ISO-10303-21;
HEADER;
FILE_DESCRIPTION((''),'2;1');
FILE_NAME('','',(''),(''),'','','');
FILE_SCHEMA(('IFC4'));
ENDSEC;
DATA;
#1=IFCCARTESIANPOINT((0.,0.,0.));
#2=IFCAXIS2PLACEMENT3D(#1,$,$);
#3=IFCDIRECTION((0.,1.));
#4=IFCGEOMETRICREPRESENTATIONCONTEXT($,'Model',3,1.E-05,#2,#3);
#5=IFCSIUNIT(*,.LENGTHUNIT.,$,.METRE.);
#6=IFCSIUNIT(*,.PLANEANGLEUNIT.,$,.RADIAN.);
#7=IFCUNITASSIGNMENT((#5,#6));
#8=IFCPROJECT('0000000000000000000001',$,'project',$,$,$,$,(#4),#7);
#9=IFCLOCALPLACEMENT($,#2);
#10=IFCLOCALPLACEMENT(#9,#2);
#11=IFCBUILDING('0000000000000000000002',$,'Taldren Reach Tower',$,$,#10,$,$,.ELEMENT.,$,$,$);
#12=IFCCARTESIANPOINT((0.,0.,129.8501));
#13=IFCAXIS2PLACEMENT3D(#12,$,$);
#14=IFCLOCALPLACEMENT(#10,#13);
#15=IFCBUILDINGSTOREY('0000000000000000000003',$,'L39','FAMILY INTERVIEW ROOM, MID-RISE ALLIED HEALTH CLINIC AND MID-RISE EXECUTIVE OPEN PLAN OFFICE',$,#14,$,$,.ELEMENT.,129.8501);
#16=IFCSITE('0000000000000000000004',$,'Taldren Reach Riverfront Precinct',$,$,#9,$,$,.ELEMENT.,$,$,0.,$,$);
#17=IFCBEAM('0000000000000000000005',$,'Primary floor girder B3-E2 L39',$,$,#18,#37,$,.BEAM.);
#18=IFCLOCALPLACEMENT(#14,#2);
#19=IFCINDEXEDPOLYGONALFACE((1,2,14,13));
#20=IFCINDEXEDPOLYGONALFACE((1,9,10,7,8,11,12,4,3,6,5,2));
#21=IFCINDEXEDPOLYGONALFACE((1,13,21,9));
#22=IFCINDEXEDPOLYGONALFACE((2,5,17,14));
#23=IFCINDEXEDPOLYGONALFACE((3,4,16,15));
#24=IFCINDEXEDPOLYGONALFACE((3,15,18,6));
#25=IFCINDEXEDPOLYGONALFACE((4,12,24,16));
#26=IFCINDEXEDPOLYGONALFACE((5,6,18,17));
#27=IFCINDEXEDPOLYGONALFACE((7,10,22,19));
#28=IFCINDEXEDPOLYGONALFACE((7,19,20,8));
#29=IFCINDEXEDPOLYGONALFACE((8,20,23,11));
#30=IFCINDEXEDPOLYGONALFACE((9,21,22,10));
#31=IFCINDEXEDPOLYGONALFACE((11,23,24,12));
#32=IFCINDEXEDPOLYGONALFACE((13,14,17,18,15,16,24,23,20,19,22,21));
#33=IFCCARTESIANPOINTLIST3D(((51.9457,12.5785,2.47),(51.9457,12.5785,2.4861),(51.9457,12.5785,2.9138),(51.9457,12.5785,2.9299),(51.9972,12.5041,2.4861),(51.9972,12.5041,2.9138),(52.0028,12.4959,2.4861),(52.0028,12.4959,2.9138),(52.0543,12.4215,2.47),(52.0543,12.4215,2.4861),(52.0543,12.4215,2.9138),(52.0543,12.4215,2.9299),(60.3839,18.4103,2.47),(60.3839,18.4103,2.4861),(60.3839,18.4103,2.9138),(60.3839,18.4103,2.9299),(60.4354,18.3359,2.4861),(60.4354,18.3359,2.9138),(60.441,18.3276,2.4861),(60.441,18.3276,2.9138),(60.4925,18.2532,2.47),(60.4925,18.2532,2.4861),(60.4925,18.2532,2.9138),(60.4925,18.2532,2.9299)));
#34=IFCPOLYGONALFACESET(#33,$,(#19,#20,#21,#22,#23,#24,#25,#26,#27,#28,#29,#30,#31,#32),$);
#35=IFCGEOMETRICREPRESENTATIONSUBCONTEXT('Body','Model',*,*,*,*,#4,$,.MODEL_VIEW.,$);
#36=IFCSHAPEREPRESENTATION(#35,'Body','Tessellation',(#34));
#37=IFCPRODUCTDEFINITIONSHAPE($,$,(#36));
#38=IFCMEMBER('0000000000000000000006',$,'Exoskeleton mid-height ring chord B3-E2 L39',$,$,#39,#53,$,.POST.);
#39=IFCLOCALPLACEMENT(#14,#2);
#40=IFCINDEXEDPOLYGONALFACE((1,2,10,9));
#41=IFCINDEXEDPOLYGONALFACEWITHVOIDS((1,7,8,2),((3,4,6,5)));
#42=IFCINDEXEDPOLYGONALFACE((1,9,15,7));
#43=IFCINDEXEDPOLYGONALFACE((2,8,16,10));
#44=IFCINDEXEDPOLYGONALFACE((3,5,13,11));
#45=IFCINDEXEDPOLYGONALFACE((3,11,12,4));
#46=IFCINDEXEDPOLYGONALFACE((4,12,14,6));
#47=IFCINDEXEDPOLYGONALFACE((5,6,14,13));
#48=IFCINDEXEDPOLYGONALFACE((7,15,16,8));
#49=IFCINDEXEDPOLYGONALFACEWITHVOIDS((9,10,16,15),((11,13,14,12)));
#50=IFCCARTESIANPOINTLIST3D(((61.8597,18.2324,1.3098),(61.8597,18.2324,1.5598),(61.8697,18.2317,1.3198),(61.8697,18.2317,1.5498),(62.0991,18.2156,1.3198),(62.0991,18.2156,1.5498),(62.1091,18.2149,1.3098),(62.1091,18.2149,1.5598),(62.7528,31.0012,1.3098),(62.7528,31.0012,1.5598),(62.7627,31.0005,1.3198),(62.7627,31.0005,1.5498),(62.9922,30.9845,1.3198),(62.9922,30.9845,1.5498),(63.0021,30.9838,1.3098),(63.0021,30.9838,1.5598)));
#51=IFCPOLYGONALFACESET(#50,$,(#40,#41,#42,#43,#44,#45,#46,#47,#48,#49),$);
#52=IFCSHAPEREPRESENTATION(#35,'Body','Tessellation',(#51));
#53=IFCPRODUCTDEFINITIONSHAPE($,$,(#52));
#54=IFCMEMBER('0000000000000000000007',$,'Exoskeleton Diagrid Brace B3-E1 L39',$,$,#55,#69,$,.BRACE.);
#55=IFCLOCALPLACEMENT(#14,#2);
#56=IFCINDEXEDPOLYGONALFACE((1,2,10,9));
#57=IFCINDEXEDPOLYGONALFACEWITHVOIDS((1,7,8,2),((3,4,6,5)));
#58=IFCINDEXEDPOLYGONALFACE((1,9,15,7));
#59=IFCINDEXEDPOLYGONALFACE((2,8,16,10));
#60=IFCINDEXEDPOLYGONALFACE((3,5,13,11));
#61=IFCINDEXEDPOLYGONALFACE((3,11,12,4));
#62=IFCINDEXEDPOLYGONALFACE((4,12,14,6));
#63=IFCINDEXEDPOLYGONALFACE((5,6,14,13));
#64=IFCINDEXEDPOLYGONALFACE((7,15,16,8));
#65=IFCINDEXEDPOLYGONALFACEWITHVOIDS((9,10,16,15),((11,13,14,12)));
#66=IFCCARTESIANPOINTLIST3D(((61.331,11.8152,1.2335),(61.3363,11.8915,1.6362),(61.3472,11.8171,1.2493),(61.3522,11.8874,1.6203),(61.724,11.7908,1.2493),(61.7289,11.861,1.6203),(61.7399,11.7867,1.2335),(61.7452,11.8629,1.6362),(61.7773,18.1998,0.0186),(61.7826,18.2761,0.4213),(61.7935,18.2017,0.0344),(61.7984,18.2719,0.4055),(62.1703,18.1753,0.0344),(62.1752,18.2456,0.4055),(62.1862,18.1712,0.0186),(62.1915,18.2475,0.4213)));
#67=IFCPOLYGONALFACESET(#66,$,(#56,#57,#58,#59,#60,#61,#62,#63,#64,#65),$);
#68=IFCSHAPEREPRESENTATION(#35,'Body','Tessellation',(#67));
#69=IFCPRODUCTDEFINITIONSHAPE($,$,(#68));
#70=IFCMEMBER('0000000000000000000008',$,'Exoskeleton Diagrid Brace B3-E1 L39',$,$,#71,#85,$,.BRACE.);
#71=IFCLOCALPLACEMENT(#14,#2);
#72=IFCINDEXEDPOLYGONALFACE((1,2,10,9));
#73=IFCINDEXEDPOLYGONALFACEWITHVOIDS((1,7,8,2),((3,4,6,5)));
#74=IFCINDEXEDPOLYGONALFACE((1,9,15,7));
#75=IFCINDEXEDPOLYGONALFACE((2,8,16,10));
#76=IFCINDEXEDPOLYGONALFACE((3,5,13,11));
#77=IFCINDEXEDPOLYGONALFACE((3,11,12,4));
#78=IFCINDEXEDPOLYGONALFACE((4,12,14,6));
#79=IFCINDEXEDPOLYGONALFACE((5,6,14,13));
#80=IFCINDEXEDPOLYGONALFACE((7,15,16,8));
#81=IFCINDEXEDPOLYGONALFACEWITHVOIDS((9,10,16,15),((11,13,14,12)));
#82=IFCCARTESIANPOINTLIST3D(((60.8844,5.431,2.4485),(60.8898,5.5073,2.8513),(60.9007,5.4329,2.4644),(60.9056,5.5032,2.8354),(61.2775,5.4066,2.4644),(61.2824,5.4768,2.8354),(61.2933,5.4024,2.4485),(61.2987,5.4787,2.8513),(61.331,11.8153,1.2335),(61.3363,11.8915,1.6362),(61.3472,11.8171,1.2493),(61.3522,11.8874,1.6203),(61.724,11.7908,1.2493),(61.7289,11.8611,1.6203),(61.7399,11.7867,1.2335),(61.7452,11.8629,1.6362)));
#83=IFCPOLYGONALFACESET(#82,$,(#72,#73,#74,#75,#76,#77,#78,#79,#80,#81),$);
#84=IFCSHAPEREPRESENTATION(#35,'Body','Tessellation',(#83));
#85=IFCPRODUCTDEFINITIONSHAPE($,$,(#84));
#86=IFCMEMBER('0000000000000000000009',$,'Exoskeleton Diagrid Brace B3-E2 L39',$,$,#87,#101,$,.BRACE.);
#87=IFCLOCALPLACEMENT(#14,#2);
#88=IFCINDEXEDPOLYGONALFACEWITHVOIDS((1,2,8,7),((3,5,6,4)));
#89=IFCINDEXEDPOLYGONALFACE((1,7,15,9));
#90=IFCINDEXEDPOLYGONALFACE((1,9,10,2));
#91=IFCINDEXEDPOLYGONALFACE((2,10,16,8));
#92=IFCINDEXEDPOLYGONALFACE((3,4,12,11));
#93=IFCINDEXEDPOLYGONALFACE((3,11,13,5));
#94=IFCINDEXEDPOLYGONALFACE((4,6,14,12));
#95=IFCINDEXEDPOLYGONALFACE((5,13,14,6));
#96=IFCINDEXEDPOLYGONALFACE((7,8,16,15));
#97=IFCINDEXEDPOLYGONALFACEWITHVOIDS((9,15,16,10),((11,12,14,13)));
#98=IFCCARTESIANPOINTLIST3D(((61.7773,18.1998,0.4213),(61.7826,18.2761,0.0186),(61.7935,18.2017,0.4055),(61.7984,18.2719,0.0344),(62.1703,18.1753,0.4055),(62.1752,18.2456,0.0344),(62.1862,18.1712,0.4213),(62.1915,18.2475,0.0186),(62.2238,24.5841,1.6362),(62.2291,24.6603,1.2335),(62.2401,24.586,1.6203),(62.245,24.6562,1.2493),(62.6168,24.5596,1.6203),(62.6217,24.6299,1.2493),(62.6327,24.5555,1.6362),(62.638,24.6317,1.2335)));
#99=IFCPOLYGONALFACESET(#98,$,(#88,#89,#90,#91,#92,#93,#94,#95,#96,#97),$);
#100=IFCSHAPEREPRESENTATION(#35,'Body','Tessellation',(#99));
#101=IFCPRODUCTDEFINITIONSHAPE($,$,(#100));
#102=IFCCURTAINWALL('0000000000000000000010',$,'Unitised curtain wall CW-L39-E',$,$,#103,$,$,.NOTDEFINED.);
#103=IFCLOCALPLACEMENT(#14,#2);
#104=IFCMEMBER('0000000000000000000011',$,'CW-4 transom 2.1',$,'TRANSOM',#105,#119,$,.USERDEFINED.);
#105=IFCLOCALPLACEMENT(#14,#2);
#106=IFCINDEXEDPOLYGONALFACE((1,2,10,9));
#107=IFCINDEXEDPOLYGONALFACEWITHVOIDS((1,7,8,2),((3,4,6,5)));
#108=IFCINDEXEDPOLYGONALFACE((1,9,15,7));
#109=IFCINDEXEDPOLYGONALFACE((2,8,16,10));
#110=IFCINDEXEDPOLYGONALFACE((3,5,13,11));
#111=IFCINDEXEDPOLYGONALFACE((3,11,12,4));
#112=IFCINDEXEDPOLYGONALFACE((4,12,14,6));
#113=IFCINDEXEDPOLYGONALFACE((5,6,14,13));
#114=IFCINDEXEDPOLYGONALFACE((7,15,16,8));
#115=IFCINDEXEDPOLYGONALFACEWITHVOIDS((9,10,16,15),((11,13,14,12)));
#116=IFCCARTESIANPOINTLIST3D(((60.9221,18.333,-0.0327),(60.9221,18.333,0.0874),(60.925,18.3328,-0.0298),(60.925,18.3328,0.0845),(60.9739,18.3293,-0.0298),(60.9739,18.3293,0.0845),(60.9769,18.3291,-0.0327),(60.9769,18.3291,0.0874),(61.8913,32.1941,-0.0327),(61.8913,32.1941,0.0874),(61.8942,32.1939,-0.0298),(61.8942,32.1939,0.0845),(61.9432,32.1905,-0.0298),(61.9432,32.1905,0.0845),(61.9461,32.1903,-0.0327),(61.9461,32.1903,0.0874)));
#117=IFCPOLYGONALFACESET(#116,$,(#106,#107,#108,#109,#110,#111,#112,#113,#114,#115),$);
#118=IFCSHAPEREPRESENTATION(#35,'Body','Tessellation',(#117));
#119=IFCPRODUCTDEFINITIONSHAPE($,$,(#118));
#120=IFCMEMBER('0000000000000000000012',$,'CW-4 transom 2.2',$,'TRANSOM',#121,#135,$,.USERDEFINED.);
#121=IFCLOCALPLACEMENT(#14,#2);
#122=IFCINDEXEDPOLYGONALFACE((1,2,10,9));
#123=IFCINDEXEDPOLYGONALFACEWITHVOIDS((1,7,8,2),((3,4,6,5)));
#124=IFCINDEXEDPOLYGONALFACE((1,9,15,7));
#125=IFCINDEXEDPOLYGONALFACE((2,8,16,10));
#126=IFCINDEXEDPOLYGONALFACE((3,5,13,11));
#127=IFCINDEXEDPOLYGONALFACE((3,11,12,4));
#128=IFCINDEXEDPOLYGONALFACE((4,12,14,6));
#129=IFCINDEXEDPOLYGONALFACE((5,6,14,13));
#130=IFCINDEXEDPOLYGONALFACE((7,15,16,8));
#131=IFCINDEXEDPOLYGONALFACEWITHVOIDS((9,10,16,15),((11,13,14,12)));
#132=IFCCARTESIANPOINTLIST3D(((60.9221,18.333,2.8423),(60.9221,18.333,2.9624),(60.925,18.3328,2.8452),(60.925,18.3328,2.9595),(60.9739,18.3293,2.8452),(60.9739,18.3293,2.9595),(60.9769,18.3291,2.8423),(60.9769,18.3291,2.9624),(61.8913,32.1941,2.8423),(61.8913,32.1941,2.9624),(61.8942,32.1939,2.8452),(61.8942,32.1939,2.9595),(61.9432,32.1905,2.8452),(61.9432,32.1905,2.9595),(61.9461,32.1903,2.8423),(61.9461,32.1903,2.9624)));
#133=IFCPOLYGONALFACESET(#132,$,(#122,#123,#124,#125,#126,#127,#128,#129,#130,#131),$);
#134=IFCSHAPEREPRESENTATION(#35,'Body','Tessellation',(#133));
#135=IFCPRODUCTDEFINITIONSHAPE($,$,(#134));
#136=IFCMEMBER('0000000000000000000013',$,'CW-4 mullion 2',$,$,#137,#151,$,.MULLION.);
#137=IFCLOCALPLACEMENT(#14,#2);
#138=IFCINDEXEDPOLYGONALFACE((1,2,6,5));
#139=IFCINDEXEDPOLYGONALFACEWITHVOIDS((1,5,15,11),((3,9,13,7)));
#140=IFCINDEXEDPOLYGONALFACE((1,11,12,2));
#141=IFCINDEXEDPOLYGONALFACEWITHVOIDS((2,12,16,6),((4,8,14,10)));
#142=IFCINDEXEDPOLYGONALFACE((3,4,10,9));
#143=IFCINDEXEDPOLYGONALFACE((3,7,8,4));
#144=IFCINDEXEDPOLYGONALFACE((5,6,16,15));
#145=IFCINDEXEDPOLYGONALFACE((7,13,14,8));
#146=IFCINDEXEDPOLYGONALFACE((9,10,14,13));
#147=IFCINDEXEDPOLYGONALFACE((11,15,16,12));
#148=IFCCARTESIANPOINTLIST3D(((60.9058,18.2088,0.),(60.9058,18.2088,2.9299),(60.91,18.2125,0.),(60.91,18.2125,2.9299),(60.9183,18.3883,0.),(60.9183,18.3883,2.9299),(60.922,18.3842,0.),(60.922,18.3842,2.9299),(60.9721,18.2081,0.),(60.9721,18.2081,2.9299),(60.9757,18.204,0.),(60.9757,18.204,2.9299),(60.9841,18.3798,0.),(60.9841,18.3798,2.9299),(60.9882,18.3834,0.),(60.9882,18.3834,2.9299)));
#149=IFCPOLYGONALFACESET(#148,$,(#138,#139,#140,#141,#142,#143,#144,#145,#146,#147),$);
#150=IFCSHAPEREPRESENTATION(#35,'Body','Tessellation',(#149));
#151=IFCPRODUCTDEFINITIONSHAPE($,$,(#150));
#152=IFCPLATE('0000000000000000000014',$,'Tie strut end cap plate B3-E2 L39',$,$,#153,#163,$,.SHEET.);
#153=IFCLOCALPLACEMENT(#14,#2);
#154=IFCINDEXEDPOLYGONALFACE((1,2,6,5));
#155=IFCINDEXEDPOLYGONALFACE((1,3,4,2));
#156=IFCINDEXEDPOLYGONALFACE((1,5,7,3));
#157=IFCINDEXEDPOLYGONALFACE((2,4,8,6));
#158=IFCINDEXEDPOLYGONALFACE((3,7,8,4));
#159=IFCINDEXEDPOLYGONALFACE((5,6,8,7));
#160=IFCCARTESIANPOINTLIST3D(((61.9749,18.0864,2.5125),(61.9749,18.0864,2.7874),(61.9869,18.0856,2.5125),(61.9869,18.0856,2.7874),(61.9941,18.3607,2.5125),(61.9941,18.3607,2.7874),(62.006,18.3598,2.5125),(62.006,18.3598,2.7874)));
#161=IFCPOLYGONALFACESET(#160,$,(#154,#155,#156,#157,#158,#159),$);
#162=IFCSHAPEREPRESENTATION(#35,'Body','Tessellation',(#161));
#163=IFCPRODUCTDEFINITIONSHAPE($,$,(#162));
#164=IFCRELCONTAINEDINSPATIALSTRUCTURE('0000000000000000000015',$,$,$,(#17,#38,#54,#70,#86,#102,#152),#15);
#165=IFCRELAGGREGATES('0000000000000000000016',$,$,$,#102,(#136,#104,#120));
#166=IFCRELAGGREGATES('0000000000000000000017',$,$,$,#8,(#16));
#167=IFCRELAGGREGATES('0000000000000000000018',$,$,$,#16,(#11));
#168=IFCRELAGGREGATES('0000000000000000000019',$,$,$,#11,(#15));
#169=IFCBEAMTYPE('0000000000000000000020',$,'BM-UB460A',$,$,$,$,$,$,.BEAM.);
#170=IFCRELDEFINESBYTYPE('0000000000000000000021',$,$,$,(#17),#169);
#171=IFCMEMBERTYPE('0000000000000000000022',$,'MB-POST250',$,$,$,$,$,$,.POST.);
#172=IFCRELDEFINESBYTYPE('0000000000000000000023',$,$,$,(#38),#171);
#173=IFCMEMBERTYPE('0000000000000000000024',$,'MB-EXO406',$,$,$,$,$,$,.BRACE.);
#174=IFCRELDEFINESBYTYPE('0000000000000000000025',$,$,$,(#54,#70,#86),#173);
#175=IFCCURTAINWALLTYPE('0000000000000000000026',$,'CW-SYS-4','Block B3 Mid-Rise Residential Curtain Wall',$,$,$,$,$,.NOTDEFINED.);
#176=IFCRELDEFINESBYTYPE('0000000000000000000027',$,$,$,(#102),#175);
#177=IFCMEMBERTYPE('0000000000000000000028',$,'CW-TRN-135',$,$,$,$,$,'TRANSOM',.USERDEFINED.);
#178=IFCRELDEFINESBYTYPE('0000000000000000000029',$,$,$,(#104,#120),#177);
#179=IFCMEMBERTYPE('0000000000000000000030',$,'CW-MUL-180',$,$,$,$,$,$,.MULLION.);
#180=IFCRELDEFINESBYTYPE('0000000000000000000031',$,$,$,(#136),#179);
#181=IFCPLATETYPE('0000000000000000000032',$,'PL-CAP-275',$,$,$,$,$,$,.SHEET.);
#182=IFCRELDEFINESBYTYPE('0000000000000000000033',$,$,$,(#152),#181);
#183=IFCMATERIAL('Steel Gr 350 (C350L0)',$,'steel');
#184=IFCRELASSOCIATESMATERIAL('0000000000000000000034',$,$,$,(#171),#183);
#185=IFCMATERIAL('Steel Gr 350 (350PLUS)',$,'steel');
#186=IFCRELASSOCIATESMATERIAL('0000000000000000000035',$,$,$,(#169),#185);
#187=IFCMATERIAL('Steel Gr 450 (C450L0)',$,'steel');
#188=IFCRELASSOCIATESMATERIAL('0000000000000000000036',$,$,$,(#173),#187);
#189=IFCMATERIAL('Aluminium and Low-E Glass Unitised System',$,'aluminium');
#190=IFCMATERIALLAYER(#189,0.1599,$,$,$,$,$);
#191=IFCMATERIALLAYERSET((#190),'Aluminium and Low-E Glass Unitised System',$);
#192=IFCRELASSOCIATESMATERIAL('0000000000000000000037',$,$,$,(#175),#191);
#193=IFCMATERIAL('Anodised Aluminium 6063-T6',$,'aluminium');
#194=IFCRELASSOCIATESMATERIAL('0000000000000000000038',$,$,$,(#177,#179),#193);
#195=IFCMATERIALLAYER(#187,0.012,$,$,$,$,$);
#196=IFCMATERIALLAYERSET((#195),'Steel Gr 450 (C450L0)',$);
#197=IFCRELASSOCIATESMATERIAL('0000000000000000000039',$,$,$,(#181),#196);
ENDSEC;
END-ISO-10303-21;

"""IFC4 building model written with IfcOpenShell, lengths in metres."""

from ifc_helpers import new_model, si_unit, direction, frame, origin, origin_2d, place, context, subcontext, project, spatial, rectangle, hollow_rectangle, i_section, extrude, source, transform, mapped, material, layer, layer_set, material_profile, profile_set, type_object, element, aggregate, save


model = new_model("IFC4")

# Units and contexts
model_context = context("Model", 3, precision=1e-05, world=origin(), true_north=direction((0.0, 1.0)))
body_context = subcontext(model_context, "Body", "Model", "MODEL_VIEW")
ifc_project = project(units=[si_unit("LENGTHUNIT", "METRE"), si_unit("PLANEANGLEUNIT", "RADIAN")], contexts=[model_context])

# Site, building, storey
site_placement = place(None, origin())
site = spatial("IfcSite", under=ifc_project, at=site_placement, Name="Taldren Reach Riverfront Precinct", CompositionType="ELEMENT", RefElevation=0.0)
building_placement = place(site_placement, origin())
building = spatial("IfcBuilding", under=site, at=building_placement, Name="Taldren Reach Tower", CompositionType="ELEMENT")
storey_placement = place(building_placement, frame((0.0, 0.0, 129.8501)))
storey = spatial("IfcBuildingStorey", under=building, at=storey_placement, Name="L39", Description="FAMILY INTERVIEW ROOM, MID-RISE ALLIED HEALTH CLINIC AND MID-RISE EXECUTIVE OPEN PLAN OFFICE", CompositionType="ELEMENT", Elevation=129.8501)

# Shared definitions
ifc_material_1 = material(Name="Steel Gr 350 (350PLUS)", Category="steel")

# Shared definitions
ifc_material_2 = material(Name="Steel Gr 450 (C450L0)", Category="steel")
ifc_material_3 = material(Name="Steel Gr 350 (C350L0)", Category="steel")
ifc_material_profile_1 = material_profile(ifc_material_3, hollow_rectangle(XDim=0.25, YDim=0.25, WallThickness=0.01, at=origin_2d()), Name="250x250x10.0SHS")
ifc_profile_set_1 = profile_set([ifc_material_profile_1], Name="Steel Gr 350 (C350L0)")
member_type_1 = type_object("IfcMemberType", Name="MB-POST250", PredefinedType="POST", material=ifc_profile_set_1)

# Beam
ifc_material_profile_2 = material_profile(ifc_material_1, i_section(OverallWidth=0.1909, OverallDepth=0.46, WebThickness=0.01, FlangeThickness=0.0161, at=origin_2d()), Name="460UB82.1")
ifc_profile_set_2 = profile_set([ifc_material_profile_2], Name="Steel Gr 350 (350PLUS)")
beam_type_1 = type_object("IfcBeamType", Name="BM-UB460A", PredefinedType="BEAM", material=ifc_profile_set_2)
shared_shape_1 = source(origin(), body_context, "Body", "SweptSolid", [
    extrude(i_section(OverallWidth=0.1909, OverallDepth=0.46, WebThickness=0.01, FlangeThickness=0.0161, at=origin_2d()), origin(), (0.0, 0.0, 1.0), 10.2573),
])
beam_1_placement = place(storey_placement, frame((52.0, 12.5, 2.7), z_axis=(0.822651, 0.568546, 0.0), x_axis=(-0.568546, 0.822651, 0.0)))
element("IfcBeam", 1, at=beam_1_placement, inside=storey, type_object=beam_type_1, Name="Primary floor girder B3-E2 L39", PredefinedType="BEAM", context=body_context, shape_type="MappedRepresentation", body=[
    mapped(shared_shape_1, transform((0.0, 0.0, 0.0), scale=1.0)),
])

# Members
shared_shape_2 = source(origin(), body_context, "Body", "SweptSolid", [
    extrude(hollow_rectangle(XDim=0.25, YDim=0.25, WallThickness=0.01, at=origin_2d()), origin(), (0.0, 0.0, 1.0), 12.8),
])
member_1_placement = place(storey_placement, frame((61.9844, 18.2236, 1.4348), z_axis=(0.069771, 0.997563, 0.0), x_axis=(-0.997563, 0.069771, 0.0)))
element("IfcMember", 2, at=member_1_placement, inside=storey, type_object=member_type_1, Name="Exoskeleton mid-height ring chord B3-E2 L39", PredefinedType="POST", context=body_context, shape_type="MappedRepresentation", body=[
    mapped(shared_shape_2, transform((0.0, 0.0, 0.0), scale=1.0)),
])
ifc_material_profile_3 = material_profile(ifc_material_2, hollow_rectangle(XDim=0.4099, YDim=0.4099, WallThickness=0.0161, at=origin_2d()), Name="410x410x16.0SHS")
ifc_profile_set_3 = profile_set([ifc_material_profile_3], Name="Steel Gr 450 (C450L0)")
member_type_2 = type_object("IfcMemberType", Name="MB-EXO406", PredefinedType="BRACE", material=ifc_profile_set_3)
shared_shape_3 = source(origin(), body_context, "Body", "SweptSolid", [
    extrude(hollow_rectangle(XDim=0.4099, YDim=0.4099, WallThickness=0.0161, at=origin_2d()), origin(), (0.0, 0.0, 1.0), 6.5144),
])
member_2_placement = place(storey_placement, frame((61.9844, 18.2236, 0.22), z_axis=(-0.068508, -0.980066, 0.186487), x_axis=(0.997566, -0.069732, 0.0)))
element("IfcMember", 3, at=member_2_placement, inside=storey, type_object=member_type_2, Name="Exoskeleton Diagrid Brace B3-E1 L39", PredefinedType="BRACE", context=body_context, shape_type="MappedRepresentation", body=[
    mapped(shared_shape_3, transform((0.0, 0.0, 0.0), scale=1.0)),
])
shared_shape_4 = source(origin(), body_context, "Body", "SweptSolid", [
    extrude(hollow_rectangle(XDim=0.4099, YDim=0.4099, WallThickness=0.0161, at=origin_2d()), origin(), (0.0, 0.0, 1.0), 6.5142),
])
for number, where, z_axis, x_axis, name in (
    (4, (61.5381, 11.8391, 1.4348), (-0.068548, -0.980055, 0.186529), (0.997563, -0.069772, 0.0), "Exoskeleton Diagrid Brace B3-E1 L39"),
    (5, (61.9844, 18.2236, 0.22), (0.068548, 0.980062, 0.186493), (-0.997563, 0.069772, 0.0), "Exoskeleton Diagrid Brace B3-E2 L39"),
):
    element("IfcMember", number, at=place(storey_placement, frame(where, z_axis=z_axis, x_axis=x_axis)), inside=storey, type_object=member_type_2, Name=name, PredefinedType="BRACE", context=body_context, shape_type="MappedRepresentation", body=[
        mapped(shared_shape_4, transform((0.0, 0.0, 0.0), scale=1.0)),
    ])

# Curtain wall, members
ifc_material_4 = material(Name="Aluminium and Low-E Glass Unitised System", Category="aluminium")
ifc_layer_1 = layer(ifc_material_4, 0.1599)
ifc_layer_set_1 = layer_set([ifc_layer_1], Name="Aluminium and Low-E Glass Unitised System")
curtain_wall_type = type_object("IfcCurtainWallType", Name="CW-SYS-4", Description="Block B3 Mid-Rise Residential Curtain Wall", PredefinedType="NOTDEFINED", material=ifc_layer_set_1)
curtain_wall_placement = place(storey_placement, origin())
curtain_wall = element("IfcCurtainWall", 6, at=curtain_wall_placement, inside=storey, type_object=curtain_wall_type, Name="Unitised curtain wall CW-L39-E", PredefinedType="NOTDEFINED")
ifc_material_5 = material(Name="Anodised Aluminium 6063-T6", Category="aluminium")
ifc_material_profile_4 = material_profile(ifc_material_5, hollow_rectangle(XDim=0.0549, YDim=0.1201, WallThickness=0.0029, at=origin_2d()), Name="ALU-120x55x3RHS")
ifc_profile_set_4 = profile_set([ifc_material_profile_4], Name="Anodised Aluminium 6063-T6")
member_type_3 = type_object("IfcMemberType", Name="CW-TRN-135", ElementType="TRANSOM", PredefinedType="USERDEFINED", material=ifc_profile_set_4)
shared_shape_5 = source(origin(), body_context, "Body", "SweptSolid", [
    extrude(hollow_rectangle(XDim=0.0549, YDim=0.1201, WallThickness=0.0029, at=origin_2d()), origin(), (0.0, 0.0, 1.0), 13.895),
])
member_3_placement = place(storey_placement, frame((60.9495, 18.3311, 0.0273), z_axis=(0.069755, 0.997564, 0.0), x_axis=(-0.997564, 0.069755, 0.0)))
member_3 = element("IfcMember", 7, at=member_3_placement, type_object=member_type_3, Name="CW-4 transom 2.1", ObjectType="TRANSOM", PredefinedType="USERDEFINED", context=body_context, shape_type="MappedRepresentation", body=[
    mapped(shared_shape_5, transform((0.0, 0.0, 0.0), scale=1.0)),
])
member_4_placement = place(storey_placement, frame((60.9495, 18.3311, 2.9023), z_axis=(0.069755, 0.997564, 0.0), x_axis=(-0.997564, 0.069755, 0.0)))
member_4 = element("IfcMember", 8, at=member_4_placement, type_object=member_type_3, Name="CW-4 transom 2.2", ObjectType="TRANSOM", PredefinedType="USERDEFINED", context=body_context, shape_type="MappedRepresentation", body=[
    mapped(shared_shape_5, transform((0.0, 0.0, 0.0), scale=1.0)),
])
ifc_material_profile_5 = material_profile(ifc_material_5, hollow_rectangle(XDim=0.0701, YDim=0.1799, WallThickness=0.0039, at=origin_2d()), Name="ALU-180x70x4RHS")
ifc_profile_set_5 = profile_set([ifc_material_profile_5], Name="Anodised Aluminium 6063-T6")
member_type_4 = type_object("IfcMemberType", Name="CW-MUL-180", PredefinedType="MULLION", material=ifc_profile_set_5)
shared_shape_6 = source(origin(), body_context, "Body", "SweptSolid", [
    extrude(hollow_rectangle(XDim=0.0701, YDim=0.1799, WallThickness=0.0039, at=origin_2d()), origin(), (0.0, 0.0, 1.0), 2.9299),
])
member_5_placement = place(storey_placement, frame((60.947, 18.2961, 0.0), z_axis=(0.0, 0.0, 1.0), x_axis=(-0.997564, 0.069756, 0.0)))
member_5 = element("IfcMember", 9, at=member_5_placement, type_object=member_type_4, Name="CW-4 mullion 2", PredefinedType="MULLION", context=body_context, shape_type="MappedRepresentation", body=[
    mapped(shared_shape_6, transform((0.0, 0.0, 0.0), scale=1.0)),
])

# Plate
ifc_layer_2 = layer(ifc_material_2, 0.012)
ifc_layer_set_2 = layer_set([ifc_layer_2], Name="Steel Gr 450 (C450L0)")
plate_type_1 = type_object("IfcPlateType", Name="PL-CAP-275", PredefinedType="SHEET", material=ifc_layer_set_2)
shared_shape_7 = source(origin(), body_context, "Body", "SweptSolid", [
    extrude(rectangle(XDim=0.012, YDim=0.2749, at=origin_2d()), origin(), (0.0, 0.0, 1.0), 0.2749),
])
plate_1_placement = place(storey_placement, frame((61.9905, 18.2231, 2.5125), z_axis=(0.0, 0.0, 1.0), x_axis=(0.997564, -0.069756, 0.0)))
element("IfcPlate", 10, at=plate_1_placement, inside=storey, type_object=plate_type_1, Name="Tie strut end cap plate B3-E2 L39", PredefinedType="SHEET", context=body_context, shape_type="MappedRepresentation", body=[
    mapped(shared_shape_7, transform((0.0, 0.0, 0.0), scale=1.0)),
])
aggregate(curtain_wall, [member_5, member_3, member_4])

save(model, "model.ifc")
